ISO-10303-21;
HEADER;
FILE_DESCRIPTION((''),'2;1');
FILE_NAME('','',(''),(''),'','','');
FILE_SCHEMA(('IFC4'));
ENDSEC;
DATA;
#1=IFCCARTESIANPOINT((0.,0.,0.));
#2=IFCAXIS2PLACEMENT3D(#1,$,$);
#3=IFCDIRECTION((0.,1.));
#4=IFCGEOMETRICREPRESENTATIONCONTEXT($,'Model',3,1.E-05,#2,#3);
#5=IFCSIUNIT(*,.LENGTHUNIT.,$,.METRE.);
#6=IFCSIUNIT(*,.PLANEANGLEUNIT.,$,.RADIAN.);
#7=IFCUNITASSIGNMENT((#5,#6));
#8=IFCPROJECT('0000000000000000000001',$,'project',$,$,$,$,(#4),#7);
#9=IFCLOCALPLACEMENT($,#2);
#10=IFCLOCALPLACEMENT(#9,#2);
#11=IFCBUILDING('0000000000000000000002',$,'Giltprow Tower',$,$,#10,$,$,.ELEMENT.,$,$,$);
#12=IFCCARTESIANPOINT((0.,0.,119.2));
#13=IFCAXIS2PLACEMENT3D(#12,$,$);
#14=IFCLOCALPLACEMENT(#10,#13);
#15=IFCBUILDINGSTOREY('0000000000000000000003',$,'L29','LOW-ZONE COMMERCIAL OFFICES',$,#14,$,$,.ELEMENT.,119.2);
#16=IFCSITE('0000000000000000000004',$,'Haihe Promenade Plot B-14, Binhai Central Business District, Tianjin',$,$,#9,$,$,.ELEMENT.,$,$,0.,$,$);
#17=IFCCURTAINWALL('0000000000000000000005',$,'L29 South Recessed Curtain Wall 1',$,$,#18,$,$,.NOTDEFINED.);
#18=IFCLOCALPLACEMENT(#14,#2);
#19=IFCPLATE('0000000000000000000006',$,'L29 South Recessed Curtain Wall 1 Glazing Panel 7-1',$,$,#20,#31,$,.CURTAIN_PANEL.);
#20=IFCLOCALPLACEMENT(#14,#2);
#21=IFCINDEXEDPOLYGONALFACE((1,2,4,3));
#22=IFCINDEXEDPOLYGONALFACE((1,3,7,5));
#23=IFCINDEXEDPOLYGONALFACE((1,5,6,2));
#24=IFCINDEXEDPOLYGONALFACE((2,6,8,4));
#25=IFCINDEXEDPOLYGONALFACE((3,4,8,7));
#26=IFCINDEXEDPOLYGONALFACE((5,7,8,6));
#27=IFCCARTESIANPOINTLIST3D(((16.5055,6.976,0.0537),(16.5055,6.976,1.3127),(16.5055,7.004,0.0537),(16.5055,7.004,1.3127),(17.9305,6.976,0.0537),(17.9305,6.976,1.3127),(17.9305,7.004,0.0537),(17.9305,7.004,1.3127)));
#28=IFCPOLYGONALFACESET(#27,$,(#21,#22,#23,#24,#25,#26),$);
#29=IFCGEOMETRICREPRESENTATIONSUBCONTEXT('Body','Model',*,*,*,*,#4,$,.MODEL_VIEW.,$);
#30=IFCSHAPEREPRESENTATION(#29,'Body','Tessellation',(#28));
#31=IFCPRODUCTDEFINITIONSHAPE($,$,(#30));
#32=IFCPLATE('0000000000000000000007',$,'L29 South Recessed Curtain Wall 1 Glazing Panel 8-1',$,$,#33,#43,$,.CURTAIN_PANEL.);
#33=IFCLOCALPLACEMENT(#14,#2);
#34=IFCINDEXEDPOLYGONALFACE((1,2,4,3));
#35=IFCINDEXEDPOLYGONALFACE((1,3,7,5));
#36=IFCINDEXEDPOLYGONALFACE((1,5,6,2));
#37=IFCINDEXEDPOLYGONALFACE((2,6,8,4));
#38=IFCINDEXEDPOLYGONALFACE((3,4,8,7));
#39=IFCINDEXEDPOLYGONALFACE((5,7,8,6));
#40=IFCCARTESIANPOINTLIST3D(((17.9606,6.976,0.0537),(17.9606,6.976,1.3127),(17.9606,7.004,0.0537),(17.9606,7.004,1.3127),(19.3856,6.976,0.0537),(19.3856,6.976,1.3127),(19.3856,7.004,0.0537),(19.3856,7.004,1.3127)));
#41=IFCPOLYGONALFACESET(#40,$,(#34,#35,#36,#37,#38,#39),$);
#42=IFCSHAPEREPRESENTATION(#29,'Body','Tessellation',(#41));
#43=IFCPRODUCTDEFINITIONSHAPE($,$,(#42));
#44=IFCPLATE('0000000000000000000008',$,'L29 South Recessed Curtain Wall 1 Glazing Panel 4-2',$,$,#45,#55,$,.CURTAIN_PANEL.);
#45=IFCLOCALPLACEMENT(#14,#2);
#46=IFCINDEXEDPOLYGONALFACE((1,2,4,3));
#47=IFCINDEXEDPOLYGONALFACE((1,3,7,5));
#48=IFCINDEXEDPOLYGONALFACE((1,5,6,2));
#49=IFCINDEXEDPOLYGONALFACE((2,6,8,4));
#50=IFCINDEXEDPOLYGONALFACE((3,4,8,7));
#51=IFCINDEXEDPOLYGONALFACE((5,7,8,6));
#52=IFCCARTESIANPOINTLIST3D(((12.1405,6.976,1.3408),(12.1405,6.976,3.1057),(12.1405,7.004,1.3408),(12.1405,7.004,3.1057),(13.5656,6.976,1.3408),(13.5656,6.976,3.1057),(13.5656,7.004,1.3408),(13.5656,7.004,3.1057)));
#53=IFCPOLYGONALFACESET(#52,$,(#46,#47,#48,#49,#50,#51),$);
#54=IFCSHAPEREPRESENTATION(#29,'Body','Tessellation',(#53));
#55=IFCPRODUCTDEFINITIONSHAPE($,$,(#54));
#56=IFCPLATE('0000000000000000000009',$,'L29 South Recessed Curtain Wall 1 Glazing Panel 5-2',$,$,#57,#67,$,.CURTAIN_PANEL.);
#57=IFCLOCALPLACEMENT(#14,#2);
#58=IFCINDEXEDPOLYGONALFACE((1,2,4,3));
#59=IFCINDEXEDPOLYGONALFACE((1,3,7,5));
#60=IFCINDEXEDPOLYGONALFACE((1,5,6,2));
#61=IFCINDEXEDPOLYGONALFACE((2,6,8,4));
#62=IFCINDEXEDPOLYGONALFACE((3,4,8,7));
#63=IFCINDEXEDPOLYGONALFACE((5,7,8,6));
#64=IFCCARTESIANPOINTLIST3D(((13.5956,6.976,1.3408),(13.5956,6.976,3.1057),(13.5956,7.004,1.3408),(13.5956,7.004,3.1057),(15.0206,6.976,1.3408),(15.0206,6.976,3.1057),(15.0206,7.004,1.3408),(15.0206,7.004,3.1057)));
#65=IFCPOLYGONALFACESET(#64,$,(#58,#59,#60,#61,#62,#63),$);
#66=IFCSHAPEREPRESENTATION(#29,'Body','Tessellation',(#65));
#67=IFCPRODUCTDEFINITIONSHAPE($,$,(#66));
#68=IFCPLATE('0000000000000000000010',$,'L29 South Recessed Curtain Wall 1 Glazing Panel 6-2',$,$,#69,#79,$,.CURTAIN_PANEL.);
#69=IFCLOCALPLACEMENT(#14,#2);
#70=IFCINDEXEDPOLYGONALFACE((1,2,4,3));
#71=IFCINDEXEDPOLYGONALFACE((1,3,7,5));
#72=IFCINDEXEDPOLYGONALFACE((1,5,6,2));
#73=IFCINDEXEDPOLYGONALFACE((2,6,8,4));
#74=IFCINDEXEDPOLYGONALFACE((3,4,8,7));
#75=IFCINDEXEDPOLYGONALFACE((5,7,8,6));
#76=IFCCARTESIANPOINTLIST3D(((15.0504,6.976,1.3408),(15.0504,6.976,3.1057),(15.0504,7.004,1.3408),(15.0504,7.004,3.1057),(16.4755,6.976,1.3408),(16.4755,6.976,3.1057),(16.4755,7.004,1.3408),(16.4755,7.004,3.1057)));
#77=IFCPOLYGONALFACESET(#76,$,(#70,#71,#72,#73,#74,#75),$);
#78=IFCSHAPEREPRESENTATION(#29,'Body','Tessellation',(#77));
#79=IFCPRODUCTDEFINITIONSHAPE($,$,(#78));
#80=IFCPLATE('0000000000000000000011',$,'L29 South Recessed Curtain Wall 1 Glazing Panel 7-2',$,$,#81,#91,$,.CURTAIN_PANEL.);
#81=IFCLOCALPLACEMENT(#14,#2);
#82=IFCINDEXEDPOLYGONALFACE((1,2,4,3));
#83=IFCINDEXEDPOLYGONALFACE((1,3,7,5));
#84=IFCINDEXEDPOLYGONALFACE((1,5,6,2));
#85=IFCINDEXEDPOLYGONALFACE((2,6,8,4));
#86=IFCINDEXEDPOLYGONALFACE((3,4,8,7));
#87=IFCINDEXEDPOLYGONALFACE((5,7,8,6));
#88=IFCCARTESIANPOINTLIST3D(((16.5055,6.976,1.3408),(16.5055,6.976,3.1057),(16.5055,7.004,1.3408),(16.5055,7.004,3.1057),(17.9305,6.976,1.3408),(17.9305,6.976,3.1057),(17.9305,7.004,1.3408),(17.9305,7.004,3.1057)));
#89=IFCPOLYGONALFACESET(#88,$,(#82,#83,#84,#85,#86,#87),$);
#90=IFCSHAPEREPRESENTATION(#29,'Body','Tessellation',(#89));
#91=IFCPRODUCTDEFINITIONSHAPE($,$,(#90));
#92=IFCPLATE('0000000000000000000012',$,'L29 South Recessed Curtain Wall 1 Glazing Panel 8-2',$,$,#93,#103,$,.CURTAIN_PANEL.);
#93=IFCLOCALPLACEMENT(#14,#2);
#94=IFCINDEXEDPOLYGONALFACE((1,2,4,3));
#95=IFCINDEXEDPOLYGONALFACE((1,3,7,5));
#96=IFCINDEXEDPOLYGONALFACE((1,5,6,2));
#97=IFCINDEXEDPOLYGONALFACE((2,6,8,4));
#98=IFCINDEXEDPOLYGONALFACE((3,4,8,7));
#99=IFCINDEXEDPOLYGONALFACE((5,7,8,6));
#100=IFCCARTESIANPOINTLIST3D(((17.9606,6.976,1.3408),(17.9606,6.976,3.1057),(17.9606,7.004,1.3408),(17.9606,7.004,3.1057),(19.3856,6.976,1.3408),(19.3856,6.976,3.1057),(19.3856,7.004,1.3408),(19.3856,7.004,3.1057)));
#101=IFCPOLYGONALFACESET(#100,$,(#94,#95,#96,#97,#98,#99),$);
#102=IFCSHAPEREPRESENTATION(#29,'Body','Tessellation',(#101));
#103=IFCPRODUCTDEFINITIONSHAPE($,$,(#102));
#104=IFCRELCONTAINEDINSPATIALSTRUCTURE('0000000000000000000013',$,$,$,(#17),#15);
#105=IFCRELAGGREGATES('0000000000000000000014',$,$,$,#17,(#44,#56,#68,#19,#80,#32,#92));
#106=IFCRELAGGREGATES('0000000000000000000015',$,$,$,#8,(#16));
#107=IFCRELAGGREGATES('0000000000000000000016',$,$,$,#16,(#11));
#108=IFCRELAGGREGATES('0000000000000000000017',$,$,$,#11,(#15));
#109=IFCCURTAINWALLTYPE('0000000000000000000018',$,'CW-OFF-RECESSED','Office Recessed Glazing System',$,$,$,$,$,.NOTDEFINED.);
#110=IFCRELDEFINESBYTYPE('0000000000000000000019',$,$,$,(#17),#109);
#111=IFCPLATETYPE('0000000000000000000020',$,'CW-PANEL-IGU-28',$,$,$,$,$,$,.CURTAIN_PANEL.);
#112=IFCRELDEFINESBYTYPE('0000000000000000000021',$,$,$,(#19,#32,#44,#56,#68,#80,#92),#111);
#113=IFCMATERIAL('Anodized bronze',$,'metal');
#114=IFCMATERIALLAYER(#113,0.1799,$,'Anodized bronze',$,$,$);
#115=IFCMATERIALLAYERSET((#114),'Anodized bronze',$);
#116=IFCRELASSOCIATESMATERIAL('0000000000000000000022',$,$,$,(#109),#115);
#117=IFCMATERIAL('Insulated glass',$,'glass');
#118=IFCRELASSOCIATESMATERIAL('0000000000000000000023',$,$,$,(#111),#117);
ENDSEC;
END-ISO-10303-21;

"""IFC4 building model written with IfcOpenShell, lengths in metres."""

from ifc_helpers import new_model, si_unit, direction, frame, origin, origin_2d, place, context, subcontext, project, spatial, rectangle, extrude, source, transform, mapped, material, layer, layer_set, type_object, element, aggregate, save


model = new_model("IFC4")

# Units and contexts
model_context = context("Model", 3, precision=1e-05, world=origin(), true_north=direction((0.0, 1.0)))
body_context = subcontext(model_context, "Body", "Model", "MODEL_VIEW")
ifc_project = project(units=[si_unit("LENGTHUNIT", "METRE"), si_unit("PLANEANGLEUNIT", "RADIAN")], contexts=[model_context])

# Site, building, storey
site_placement = place(None, origin())
site = spatial("IfcSite", under=ifc_project, at=site_placement, Name="Haihe Promenade Plot B-14, Binhai Central Business District, Tianjin", CompositionType="ELEMENT", RefElevation=0.0)
building_placement = place(site_placement, origin())
building = spatial("IfcBuilding", under=site, at=building_placement, Name="Giltprow Tower", CompositionType="ELEMENT")
storey_placement = place(building_placement, frame((0.0, 0.0, 119.2)))
storey = spatial("IfcBuildingStorey", under=building, at=storey_placement, Name="L29", Description="LOW-ZONE COMMERCIAL OFFICES", CompositionType="ELEMENT", Elevation=119.2)

# Curtain wall
ifc_material_1 = material(Name="Anodized bronze", Category="metal")
ifc_layer = layer(ifc_material_1, 0.1799, Name="Anodized bronze")
ifc_layer_set = layer_set([ifc_layer], Name="Anodized bronze")
curtain_wall_type = type_object("IfcCurtainWallType", Name="CW-OFF-RECESSED", Description="Office Recessed Glazing System", PredefinedType="NOTDEFINED", material=ifc_layer_set)
curtain_wall_placement = place(storey_placement, origin())
curtain_wall = element("IfcCurtainWall", 1, at=curtain_wall_placement, inside=storey, type_object=curtain_wall_type, Name="L29 South Recessed Curtain Wall 1", PredefinedType="NOTDEFINED")

# Plates
ifc_material_2 = material(Name="Insulated glass", Category="glass")
plate_type_1 = type_object("IfcPlateType", Name="CW-PANEL-IGU-28", PredefinedType="CURTAIN_PANEL", material=ifc_material_2)
shared_shape_1 = source(origin(), body_context, "Body", "SweptSolid", [
    extrude(rectangle(XDim=1.425, YDim=0.0281, at=origin_2d()), origin(), (0.0, 0.0, 1.0), 1.259),
])
plate_1_placement = place(storey_placement, frame((17.218, 6.99, 0.0537), z_axis=(0.0, 0.0, 1.0), x_axis=(1.0, 0.0, 0.0)))
plate_1 = element("IfcPlate", 2, at=plate_1_placement, type_object=plate_type_1, Name="L29 South Recessed Curtain Wall 1 Glazing Panel 7-1", PredefinedType="CURTAIN_PANEL", context=body_context, shape_type="MappedRepresentation", body=[
    mapped(shared_shape_1, transform((0.0, 0.0, 0.0), x_axis=(1.0, 0.0, 0.0), y_axis=(0.0, 1.0, 0.0), z_axis=(0.0, 0.0, 1.0), scale=1.0)),
])
plate_2_placement = place(storey_placement, frame((18.6731, 6.99, 0.0537), z_axis=(0.0, 0.0, 1.0), x_axis=(1.0, 0.0, 0.0)))
plate_2 = element("IfcPlate", 3, at=plate_2_placement, type_object=plate_type_1, Name="L29 South Recessed Curtain Wall 1 Glazing Panel 8-1", PredefinedType="CURTAIN_PANEL", context=body_context, shape_type="MappedRepresentation", body=[
    mapped(shared_shape_1, transform((0.0, 0.0, 0.0), x_axis=(1.0, 0.0, 0.0), y_axis=(0.0, 1.0, 0.0), z_axis=(0.0, 0.0, 1.0), scale=1.0)),
])
shared_shape_2 = source(origin(), body_context, "Body", "SweptSolid", [
    extrude(rectangle(XDim=1.425, YDim=0.0281, at=origin_2d()), origin(), (0.0, 0.0, 1.0), 1.7649),
])
plate_3_placement = place(storey_placement, frame((12.853, 6.99, 1.3408), z_axis=(0.0, 0.0, 1.0), x_axis=(1.0, 0.0, 0.0)))
plate_3 = element("IfcPlate", 4, at=plate_3_placement, type_object=plate_type_1, Name="L29 South Recessed Curtain Wall 1 Glazing Panel 4-2", PredefinedType="CURTAIN_PANEL", context=body_context, shape_type="MappedRepresentation", body=[
    mapped(shared_shape_2, transform((0.0, 0.0, 0.0), x_axis=(1.0, 0.0, 0.0), y_axis=(0.0, 1.0, 0.0), z_axis=(0.0, 0.0, 1.0), scale=1.0)),
])
plate_4_placement = place(storey_placement, frame((14.3081, 6.99, 1.3408), z_axis=(0.0, 0.0, 1.0), x_axis=(1.0, 0.0, 0.0)))
plate_4 = element("IfcPlate", 5, at=plate_4_placement, type_object=plate_type_1, Name="L29 South Recessed Curtain Wall 1 Glazing Panel 5-2", PredefinedType="CURTAIN_PANEL", context=body_context, shape_type="MappedRepresentation", body=[
    mapped(shared_shape_2, transform((0.0, 0.0, 0.0), x_axis=(1.0, 0.0, 0.0), y_axis=(0.0, 1.0, 0.0), z_axis=(0.0, 0.0, 1.0), scale=1.0)),
])
plate_5_placement = place(storey_placement, frame((15.7629, 6.99, 1.3408), z_axis=(0.0, 0.0, 1.0), x_axis=(1.0, 0.0, 0.0)))
plate_5 = element("IfcPlate", 6, at=plate_5_placement, type_object=plate_type_1, Name="L29 South Recessed Curtain Wall 1 Glazing Panel 6-2", PredefinedType="CURTAIN_PANEL", context=body_context, shape_type="MappedRepresentation", body=[
    mapped(shared_shape_2, transform((0.0, 0.0, 0.0), x_axis=(1.0, 0.0, 0.0), y_axis=(0.0, 1.0, 0.0), z_axis=(0.0, 0.0, 1.0), scale=1.0)),
])
plate_6_placement = place(storey_placement, frame((17.218, 6.99, 1.3408), z_axis=(0.0, 0.0, 1.0), x_axis=(1.0, 0.0, 0.0)))
plate_6 = element("IfcPlate", 7, at=plate_6_placement, type_object=plate_type_1, Name="L29 South Recessed Curtain Wall 1 Glazing Panel 7-2", PredefinedType="CURTAIN_PANEL", context=body_context, shape_type="MappedRepresentation", body=[
    mapped(shared_shape_2, transform((0.0, 0.0, 0.0), x_axis=(1.0, 0.0, 0.0), y_axis=(0.0, 1.0, 0.0), z_axis=(0.0, 0.0, 1.0), scale=1.0)),
])
plate_7_placement = place(storey_placement, frame((18.6731, 6.99, 1.3408), z_axis=(0.0, 0.0, 1.0), x_axis=(1.0, 0.0, 0.0)))
plate_7 = element("IfcPlate", 8, at=plate_7_placement, type_object=plate_type_1, Name="L29 South Recessed Curtain Wall 1 Glazing Panel 8-2", PredefinedType="CURTAIN_PANEL", context=body_context, shape_type="MappedRepresentation", body=[
    mapped(shared_shape_2, transform((0.0, 0.0, 0.0), x_axis=(1.0, 0.0, 0.0), y_axis=(0.0, 1.0, 0.0), z_axis=(0.0, 0.0, 1.0), scale=1.0)),
])
aggregate(curtain_wall, [plate_3, plate_4, plate_5, plate_1, plate_6, plate_2, plate_7])

save(model, "model.ifc")
